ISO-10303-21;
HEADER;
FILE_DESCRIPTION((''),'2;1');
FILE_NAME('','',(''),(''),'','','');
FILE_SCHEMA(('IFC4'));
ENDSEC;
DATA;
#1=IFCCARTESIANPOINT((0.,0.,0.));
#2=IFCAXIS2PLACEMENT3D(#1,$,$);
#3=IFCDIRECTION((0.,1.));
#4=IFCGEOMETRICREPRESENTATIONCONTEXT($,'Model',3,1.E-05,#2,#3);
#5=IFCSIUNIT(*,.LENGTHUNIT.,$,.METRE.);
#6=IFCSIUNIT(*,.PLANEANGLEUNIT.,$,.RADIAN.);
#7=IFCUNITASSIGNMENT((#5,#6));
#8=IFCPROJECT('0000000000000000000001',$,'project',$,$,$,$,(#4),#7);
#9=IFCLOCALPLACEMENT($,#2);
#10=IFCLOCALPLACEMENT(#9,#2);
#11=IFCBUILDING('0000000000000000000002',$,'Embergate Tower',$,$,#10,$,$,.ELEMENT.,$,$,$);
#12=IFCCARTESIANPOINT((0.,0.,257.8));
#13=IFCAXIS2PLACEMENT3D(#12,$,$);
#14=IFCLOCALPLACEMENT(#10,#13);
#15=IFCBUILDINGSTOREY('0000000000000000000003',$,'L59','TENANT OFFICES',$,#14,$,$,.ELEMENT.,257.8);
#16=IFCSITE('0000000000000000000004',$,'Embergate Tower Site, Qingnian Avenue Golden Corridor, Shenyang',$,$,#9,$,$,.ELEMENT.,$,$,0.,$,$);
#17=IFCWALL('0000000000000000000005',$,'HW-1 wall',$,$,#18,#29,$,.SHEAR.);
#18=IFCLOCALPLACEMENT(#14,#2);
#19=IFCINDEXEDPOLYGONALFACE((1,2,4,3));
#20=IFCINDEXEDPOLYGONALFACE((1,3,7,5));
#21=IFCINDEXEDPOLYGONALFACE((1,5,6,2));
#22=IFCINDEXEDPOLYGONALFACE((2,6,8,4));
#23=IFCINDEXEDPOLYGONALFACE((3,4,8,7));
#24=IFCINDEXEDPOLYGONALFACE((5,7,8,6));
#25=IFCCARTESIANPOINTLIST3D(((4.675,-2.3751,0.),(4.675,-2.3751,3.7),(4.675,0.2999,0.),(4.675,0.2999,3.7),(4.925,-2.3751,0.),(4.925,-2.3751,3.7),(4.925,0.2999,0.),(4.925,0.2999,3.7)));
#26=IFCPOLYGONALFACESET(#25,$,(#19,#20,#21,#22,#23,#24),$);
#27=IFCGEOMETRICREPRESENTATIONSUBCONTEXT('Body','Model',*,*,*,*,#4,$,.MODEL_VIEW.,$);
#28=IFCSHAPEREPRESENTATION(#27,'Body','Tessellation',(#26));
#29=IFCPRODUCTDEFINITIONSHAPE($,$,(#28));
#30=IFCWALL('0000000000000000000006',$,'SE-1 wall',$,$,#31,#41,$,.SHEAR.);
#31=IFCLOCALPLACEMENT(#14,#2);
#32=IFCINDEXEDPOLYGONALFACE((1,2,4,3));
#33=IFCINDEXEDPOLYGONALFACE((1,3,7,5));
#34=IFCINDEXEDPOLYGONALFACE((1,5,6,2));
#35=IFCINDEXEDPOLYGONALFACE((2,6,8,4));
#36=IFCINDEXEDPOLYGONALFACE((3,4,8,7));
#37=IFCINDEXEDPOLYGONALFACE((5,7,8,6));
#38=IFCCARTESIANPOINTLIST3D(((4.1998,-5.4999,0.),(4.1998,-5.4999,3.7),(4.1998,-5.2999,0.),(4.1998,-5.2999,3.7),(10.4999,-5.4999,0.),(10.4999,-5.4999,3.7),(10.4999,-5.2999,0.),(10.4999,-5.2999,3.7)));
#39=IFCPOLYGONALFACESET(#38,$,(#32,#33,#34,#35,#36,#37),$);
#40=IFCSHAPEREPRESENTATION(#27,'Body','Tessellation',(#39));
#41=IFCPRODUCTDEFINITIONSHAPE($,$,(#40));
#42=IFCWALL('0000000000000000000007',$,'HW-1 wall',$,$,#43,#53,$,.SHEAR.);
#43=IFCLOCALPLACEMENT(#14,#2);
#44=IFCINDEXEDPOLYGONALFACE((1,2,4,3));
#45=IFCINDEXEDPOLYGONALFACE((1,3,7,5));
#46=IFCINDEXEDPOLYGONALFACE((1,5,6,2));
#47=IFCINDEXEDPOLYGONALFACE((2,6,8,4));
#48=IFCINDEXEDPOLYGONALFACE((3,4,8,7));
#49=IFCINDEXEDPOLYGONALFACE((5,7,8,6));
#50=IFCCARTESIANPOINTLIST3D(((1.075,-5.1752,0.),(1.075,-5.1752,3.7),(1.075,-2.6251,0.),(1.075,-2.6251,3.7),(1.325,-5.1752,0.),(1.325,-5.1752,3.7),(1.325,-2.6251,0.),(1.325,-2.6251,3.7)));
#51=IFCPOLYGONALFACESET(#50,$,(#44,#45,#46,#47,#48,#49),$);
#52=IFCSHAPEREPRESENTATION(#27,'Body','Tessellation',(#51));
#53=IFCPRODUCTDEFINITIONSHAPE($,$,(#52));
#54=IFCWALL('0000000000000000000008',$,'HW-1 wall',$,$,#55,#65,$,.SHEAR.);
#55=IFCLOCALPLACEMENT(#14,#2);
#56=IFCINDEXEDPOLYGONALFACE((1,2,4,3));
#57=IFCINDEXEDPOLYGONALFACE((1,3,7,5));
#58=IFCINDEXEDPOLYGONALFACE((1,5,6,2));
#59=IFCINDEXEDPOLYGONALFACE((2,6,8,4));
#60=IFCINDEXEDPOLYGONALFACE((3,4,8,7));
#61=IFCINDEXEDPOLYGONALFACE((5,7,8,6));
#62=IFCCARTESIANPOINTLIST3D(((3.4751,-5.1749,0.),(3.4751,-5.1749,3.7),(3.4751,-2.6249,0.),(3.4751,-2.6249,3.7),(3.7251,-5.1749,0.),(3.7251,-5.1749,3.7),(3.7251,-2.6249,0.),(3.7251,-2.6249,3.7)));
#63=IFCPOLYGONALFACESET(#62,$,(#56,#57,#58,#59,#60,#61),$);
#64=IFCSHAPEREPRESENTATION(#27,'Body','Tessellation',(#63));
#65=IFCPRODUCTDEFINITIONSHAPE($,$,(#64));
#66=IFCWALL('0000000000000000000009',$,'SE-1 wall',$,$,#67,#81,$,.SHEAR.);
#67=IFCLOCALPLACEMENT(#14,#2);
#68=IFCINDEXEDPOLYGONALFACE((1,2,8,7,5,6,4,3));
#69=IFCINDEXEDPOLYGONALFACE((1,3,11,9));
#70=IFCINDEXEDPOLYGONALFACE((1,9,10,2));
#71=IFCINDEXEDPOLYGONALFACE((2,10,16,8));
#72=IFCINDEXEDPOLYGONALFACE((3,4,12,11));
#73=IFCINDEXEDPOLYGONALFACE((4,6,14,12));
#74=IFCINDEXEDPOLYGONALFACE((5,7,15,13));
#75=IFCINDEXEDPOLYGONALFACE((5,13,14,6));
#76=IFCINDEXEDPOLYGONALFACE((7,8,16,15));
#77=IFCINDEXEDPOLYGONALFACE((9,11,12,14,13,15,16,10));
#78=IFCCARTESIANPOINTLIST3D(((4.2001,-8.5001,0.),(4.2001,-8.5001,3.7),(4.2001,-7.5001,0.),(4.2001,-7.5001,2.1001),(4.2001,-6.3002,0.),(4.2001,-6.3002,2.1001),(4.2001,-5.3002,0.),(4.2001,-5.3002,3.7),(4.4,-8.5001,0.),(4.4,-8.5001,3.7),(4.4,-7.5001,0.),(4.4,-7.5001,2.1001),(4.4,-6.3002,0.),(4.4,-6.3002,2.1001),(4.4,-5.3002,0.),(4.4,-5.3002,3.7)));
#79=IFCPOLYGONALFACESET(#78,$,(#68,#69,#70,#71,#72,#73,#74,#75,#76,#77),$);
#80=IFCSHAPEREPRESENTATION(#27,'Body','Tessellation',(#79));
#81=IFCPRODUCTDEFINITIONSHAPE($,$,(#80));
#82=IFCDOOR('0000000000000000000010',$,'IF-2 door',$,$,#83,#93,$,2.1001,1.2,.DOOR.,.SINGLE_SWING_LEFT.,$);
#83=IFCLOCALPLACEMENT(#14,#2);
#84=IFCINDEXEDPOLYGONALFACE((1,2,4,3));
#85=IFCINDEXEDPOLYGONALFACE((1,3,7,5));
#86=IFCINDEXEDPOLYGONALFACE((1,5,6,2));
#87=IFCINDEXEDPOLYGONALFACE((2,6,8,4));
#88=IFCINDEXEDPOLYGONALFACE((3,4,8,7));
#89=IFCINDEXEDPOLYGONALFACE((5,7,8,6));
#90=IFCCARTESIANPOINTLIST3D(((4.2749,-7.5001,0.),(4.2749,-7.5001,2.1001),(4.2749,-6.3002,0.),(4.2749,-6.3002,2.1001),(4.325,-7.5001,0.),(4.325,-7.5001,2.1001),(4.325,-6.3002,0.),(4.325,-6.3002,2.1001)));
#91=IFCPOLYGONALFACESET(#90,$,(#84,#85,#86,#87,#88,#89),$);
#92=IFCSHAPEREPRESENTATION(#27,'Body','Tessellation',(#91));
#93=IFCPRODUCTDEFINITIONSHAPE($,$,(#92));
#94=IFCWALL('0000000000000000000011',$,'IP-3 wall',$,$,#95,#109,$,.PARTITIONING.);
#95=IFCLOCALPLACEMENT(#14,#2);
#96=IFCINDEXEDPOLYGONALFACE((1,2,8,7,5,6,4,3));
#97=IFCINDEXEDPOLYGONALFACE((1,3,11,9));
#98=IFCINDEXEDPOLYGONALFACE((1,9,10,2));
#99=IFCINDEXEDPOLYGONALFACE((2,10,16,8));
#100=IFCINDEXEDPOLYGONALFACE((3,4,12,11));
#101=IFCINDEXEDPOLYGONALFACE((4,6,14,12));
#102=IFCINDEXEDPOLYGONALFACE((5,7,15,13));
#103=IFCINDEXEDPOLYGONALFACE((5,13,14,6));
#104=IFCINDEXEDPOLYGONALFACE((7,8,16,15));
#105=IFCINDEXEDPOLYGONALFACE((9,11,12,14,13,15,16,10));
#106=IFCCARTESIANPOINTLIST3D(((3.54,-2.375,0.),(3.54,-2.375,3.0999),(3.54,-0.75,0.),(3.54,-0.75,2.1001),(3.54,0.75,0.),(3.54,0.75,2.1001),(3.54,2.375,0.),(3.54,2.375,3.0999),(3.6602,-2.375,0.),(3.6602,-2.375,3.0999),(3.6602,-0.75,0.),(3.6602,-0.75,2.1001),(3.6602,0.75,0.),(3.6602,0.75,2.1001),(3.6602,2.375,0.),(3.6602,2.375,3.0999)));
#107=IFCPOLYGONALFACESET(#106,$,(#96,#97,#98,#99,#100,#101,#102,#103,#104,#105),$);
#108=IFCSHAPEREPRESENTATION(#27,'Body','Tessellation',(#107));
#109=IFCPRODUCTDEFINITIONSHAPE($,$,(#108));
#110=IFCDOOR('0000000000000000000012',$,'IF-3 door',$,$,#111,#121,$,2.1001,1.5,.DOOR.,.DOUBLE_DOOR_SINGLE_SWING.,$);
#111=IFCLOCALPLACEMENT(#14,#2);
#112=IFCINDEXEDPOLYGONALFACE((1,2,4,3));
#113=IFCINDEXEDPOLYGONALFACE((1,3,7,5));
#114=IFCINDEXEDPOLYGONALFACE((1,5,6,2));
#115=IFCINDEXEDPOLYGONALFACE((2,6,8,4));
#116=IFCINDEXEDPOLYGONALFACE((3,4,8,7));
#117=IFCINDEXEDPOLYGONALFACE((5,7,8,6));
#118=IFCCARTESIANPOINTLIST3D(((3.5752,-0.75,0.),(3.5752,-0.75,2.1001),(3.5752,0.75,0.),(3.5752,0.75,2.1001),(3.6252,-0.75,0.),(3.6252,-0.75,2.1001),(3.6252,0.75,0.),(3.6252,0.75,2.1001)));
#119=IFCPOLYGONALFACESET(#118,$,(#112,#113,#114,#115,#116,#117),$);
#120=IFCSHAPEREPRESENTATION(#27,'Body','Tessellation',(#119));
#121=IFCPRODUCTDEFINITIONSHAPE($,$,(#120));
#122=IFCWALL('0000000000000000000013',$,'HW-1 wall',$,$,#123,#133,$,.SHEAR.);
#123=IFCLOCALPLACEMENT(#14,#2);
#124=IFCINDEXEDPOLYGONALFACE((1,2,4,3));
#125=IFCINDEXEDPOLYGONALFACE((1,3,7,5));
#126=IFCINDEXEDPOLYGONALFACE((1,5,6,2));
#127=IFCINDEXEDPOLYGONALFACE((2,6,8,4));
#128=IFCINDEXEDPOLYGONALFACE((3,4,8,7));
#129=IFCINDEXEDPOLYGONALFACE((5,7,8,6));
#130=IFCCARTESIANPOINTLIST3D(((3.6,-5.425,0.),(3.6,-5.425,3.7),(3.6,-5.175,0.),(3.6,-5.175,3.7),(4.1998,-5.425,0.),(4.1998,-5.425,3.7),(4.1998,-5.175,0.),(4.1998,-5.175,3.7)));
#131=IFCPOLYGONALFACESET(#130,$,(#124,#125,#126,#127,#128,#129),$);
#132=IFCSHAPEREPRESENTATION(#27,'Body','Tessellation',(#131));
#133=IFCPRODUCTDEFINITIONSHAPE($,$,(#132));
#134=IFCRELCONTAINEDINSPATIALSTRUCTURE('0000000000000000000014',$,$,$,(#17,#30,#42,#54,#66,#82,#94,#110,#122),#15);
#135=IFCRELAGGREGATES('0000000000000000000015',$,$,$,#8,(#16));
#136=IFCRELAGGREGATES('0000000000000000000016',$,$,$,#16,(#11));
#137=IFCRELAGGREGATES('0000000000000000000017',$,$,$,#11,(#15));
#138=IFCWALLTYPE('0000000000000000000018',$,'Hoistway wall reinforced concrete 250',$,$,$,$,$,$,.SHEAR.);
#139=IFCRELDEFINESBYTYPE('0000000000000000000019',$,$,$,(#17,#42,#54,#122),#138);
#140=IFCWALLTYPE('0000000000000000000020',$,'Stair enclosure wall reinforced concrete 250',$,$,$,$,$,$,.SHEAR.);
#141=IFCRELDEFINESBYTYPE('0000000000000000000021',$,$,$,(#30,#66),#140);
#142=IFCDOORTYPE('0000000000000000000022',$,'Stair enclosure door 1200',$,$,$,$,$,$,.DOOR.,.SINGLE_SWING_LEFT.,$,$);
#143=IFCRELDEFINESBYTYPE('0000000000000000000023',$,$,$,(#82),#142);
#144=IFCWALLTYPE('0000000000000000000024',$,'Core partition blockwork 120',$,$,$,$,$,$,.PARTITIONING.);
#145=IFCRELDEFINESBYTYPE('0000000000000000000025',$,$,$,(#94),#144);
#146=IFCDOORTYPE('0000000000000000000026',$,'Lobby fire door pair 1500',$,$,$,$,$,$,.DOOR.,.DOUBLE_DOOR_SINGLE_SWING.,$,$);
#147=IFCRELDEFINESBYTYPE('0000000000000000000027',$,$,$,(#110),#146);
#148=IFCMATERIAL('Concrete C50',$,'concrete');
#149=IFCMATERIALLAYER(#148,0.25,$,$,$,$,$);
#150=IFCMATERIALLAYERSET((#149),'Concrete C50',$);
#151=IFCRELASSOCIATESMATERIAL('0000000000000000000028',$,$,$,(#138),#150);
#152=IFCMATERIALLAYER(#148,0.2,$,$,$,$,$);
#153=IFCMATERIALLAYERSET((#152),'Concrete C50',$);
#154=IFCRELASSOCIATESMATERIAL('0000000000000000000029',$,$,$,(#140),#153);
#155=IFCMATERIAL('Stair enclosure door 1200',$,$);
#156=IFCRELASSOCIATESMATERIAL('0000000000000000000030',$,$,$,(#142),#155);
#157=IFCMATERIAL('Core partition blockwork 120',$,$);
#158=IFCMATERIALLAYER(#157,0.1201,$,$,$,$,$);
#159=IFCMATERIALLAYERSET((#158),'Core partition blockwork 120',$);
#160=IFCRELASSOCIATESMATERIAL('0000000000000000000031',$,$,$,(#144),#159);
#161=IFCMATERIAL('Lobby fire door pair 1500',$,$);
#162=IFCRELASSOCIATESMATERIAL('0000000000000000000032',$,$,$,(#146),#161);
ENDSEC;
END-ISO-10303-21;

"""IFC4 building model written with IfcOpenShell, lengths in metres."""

from ifc_helpers import new_model, si_unit, direction, frame, frame_2d, origin, place, context, subcontext, project, spatial, rectangle, extrude, source, transform, mapped, material, layer, layer_set, type_object, element, fill, save


model = new_model("IFC4")

# Units and contexts
model_context = context("Model", 3, precision=1e-05, world=origin(), true_north=direction((0.0, 1.0)))
body_context = subcontext(model_context, "Body", "Model", "MODEL_VIEW")
ifc_project = project(units=[si_unit("LENGTHUNIT", "METRE"), si_unit("PLANEANGLEUNIT", "RADIAN")], contexts=[model_context])

# Site, building, storey
site_placement = place(None, origin())
site = spatial("IfcSite", under=ifc_project, at=site_placement, Name="Embergate Tower Site, Qingnian Avenue Golden Corridor, Shenyang", CompositionType="ELEMENT", RefElevation=0.0)
building_placement = place(site_placement, origin())
building = spatial("IfcBuilding", under=site, at=building_placement, Name="Embergate Tower", CompositionType="ELEMENT")
storey_placement = place(building_placement, frame((0.0, 0.0, 257.8)))
storey = spatial("IfcBuildingStorey", under=building, at=storey_placement, Name="L59", Description="TENANT OFFICES", CompositionType="ELEMENT", Elevation=257.8)

# Walls
ifc_material_1 = material(Name="Concrete C50", Category="concrete")
ifc_layer_1 = layer(ifc_material_1, 0.25)
ifc_layer_set_1 = layer_set([ifc_layer_1], Name="Concrete C50")
wall_type_1 = type_object("IfcWallType", Name="Hoistway wall reinforced concrete 250", PredefinedType="SHEAR", material=ifc_layer_set_1)
shared_shape_1 = source(origin(), body_context, "Body", "SweptSolid", [
    extrude(rectangle(XDim=2.675, YDim=0.25, at=frame_2d((1.3374, 0.0))), origin(), (0.0, 0.0, 1.0), 3.7),
])
wall_1_placement = place(storey_placement, frame((4.8, -2.375, 0.0), z_axis=(0.0, 0.0, 1.0), x_axis=(0.0, 1.0, 0.0)))
element("IfcWall", 1, at=wall_1_placement, inside=storey, type_object=wall_type_1, Name="HW-1 wall", PredefinedType="SHEAR", context=body_context, shape_type="MappedRepresentation", body=[
    mapped(shared_shape_1, transform((0.0, 0.0, 0.0))),
])
ifc_layer_2 = layer(ifc_material_1, 0.2)
ifc_layer_set_2 = layer_set([ifc_layer_2], Name="Concrete C50")
wall_type_2 = type_object("IfcWallType", Name="Stair enclosure wall reinforced concrete 250", PredefinedType="SHEAR", material=ifc_layer_set_2)
shared_shape_2 = source(origin(), body_context, "Body", "SweptSolid", [
    extrude(rectangle(XDim=6.3, YDim=0.2, at=frame_2d((3.1499, 0.0))), origin(), (0.0, 0.0, 1.0), 3.7),
])
wall_2_placement = place(storey_placement, frame((4.2, -5.3999, 0.0), z_axis=(0.0, 0.0, 1.0), x_axis=(1.0, 0.0, 0.0)))
element("IfcWall", 2, at=wall_2_placement, inside=storey, type_object=wall_type_2, Name="SE-1 wall", PredefinedType="SHEAR", context=body_context, shape_type="MappedRepresentation", body=[
    mapped(shared_shape_2, transform((0.0, 0.0, 0.0))),
])
shared_shape_3 = source(origin(), body_context, "Body", "SweptSolid", [
    extrude(rectangle(XDim=2.55, YDim=0.25, at=frame_2d((1.2749, 0.0))), origin(), (0.0, 0.0, 1.0), 3.7),
])
for number, where, z_axis, x_axis, name in (
    (3, (1.2, -5.175, 0.0), (0.0, 0.0, 1.0), (0.0, 1.0, 0.0), "HW-1 wall"),
    (4, (3.6001, -2.625, 0.0), (0.0, 0.0, 1.0), (0.0, -1.0, 0.0), "HW-1 wall"),
):
    element("IfcWall", number, at=place(storey_placement, frame(where, z_axis=z_axis, x_axis=x_axis)), inside=storey, type_object=wall_type_1, Name=name, PredefinedType="SHEAR", context=body_context, shape_type="MappedRepresentation", body=[
        mapped(shared_shape_3, transform((0.0, 0.0, 0.0))),
    ])

# Walls, openings, doors
shared_shape_4 = source(origin(), body_context, "Body", "SweptSolid", [
    extrude(rectangle(XDim=3.2, YDim=0.2, at=frame_2d((1.6001, 0.0))), origin(), (0.0, 0.0, 1.0), 3.7),
])
wall_3_placement = place(storey_placement, frame((4.3, -5.3, 0.0), z_axis=(0.0, 0.0, 1.0), x_axis=(0.0, -1.0, 0.0)))
wall_3 = element("IfcWall", 5, at=wall_3_placement, inside=storey, type_object=wall_type_2, Name="SE-1 wall", PredefinedType="SHEAR", context=body_context, shape_type="MappedRepresentation", body=[
    mapped(shared_shape_4, transform((0.0, 0.0, 0.0))),
])
shared_shape_5 = source(origin(), body_context, "Body", "SweptSolid", [
    extrude(rectangle(XDim=1.2, YDim=2.1001, at=frame_2d((0.6001, 1.05))), frame((0.0, 0.1099, 0.0), z_axis=(0.0, -1.0, 0.0), x_axis=(1.0, 0.0, 0.0)), (0.0, 0.0, 1.0), 0.22),
])
opening_1_placement = place(wall_3_placement, frame((1.0, 0.0, 0.0)))
opening_1 = element("IfcOpeningElement", 6, at=opening_1_placement, cuts=wall_3, PredefinedType="OPENING", context=body_context, shape_type="MappedRepresentation", body=[
    mapped(shared_shape_5, transform((0.0, 0.0, 0.0))),
])
ifc_material_2 = material(Name="Stair enclosure door 1200")
door_type_1 = type_object("IfcDoorType", Name="Stair enclosure door 1200", OperationType="SINGLE_SWING_LEFT", PredefinedType="DOOR", material=ifc_material_2)
shared_shape_6 = source(origin(), body_context, "Body", "SweptSolid", [
    extrude(rectangle(XDim=1.2, YDim=2.1001, at=frame_2d((0.6001, 1.05))), frame((0.0, 0.0249, 0.0), z_axis=(0.0, -1.0, 0.0), x_axis=(1.0, 0.0, 0.0)), (0.0, 0.0, 1.0), 0.05),
])
door_1_placement = place(opening_1_placement, origin())
door_1 = element("IfcDoor", 7, at=door_1_placement, inside=storey, type_object=door_type_1, Name="IF-2 door", OperationType="SINGLE_SWING_LEFT", OverallHeight=2.1001, OverallWidth=1.2, PredefinedType="DOOR", context=body_context, shape_type="MappedRepresentation", body=[
    mapped(shared_shape_6, transform((0.0, 0.0, 0.0))),
])
fill(opening_1, door_1)
ifc_material_3 = material(Name="Core partition blockwork 120")
ifc_layer_3 = layer(ifc_material_3, 0.1201)
ifc_layer_set_3 = layer_set([ifc_layer_3], Name="Core partition blockwork 120")
wall_type_3 = type_object("IfcWallType", Name="Core partition blockwork 120", PredefinedType="PARTITIONING", material=ifc_layer_set_3)
shared_shape_7 = source(origin(), body_context, "Body", "SweptSolid", [
    extrude(rectangle(XDim=4.75, YDim=0.1201, at=frame_2d((2.375, 0.0))), origin(), (0.0, 0.0, 1.0), 3.0999),
])
wall_4_placement = place(storey_placement, frame((3.6001, -2.375, 0.0), z_axis=(0.0, 0.0, 1.0), x_axis=(0.0, 1.0, 0.0)))
wall_4 = element("IfcWall", 8, at=wall_4_placement, inside=storey, type_object=wall_type_3, Name="IP-3 wall", PredefinedType="PARTITIONING", context=body_context, shape_type="MappedRepresentation", body=[
    mapped(shared_shape_7, transform((0.0, 0.0, 0.0))),
])
shared_shape_8 = source(origin(), body_context, "Body", "SweptSolid", [
    extrude(rectangle(XDim=1.5, YDim=2.1001, at=frame_2d((0.75, 1.05))), frame((0.0, 0.0701, 0.0), z_axis=(0.0, -1.0, 0.0), x_axis=(1.0, 0.0, 0.0)), (0.0, 0.0, 1.0), 0.1401),
])
opening_2_placement = place(wall_4_placement, frame((1.625, 0.0, 0.0)))
opening_2 = element("IfcOpeningElement", 9, at=opening_2_placement, cuts=wall_4, PredefinedType="OPENING", context=body_context, shape_type="MappedRepresentation", body=[
    mapped(shared_shape_8, transform((0.0, 0.0, 0.0))),
])
ifc_material_4 = material(Name="Lobby fire door pair 1500")
door_type_2 = type_object("IfcDoorType", Name="Lobby fire door pair 1500", OperationType="DOUBLE_DOOR_SINGLE_SWING", PredefinedType="DOOR", material=ifc_material_4)
shared_shape_9 = source(origin(), body_context, "Body", "SweptSolid", [
    extrude(rectangle(XDim=1.5, YDim=2.1001, at=frame_2d((0.75, 1.05))), frame((0.0, 0.0249, 0.0), z_axis=(0.0, -1.0, 0.0), x_axis=(1.0, 0.0, 0.0)), (0.0, 0.0, 1.0), 0.05),
])
door_2_placement = place(opening_2_placement, origin())
door_2 = element("IfcDoor", 10, at=door_2_placement, inside=storey, type_object=door_type_2, Name="IF-3 door", OperationType="DOUBLE_DOOR_SINGLE_SWING", OverallHeight=2.1001, OverallWidth=1.5, PredefinedType="DOOR", context=body_context, shape_type="MappedRepresentation", body=[
    mapped(shared_shape_9, transform((0.0, 0.0, 0.0))),
])
fill(opening_2, door_2)

# Wall
shared_shape_10 = source(origin(), body_context, "Body", "SweptSolid", [
    extrude(rectangle(XDim=0.5999, YDim=0.25, at=frame_2d((0.2998, 0.0))), origin(), (0.0, 0.0, 1.0), 3.7),
])
wall_5_placement = place(storey_placement, frame((3.6001, -5.3, 0.0), z_axis=(0.0, 0.0, 1.0), x_axis=(1.0, 0.0, 0.0)))
element("IfcWall", 11, at=wall_5_placement, inside=storey, type_object=wall_type_1, Name="HW-1 wall", PredefinedType="SHEAR", context=body_context, shape_type="MappedRepresentation", body=[
    mapped(shared_shape_10, transform((0.0, 0.0, 0.0))),
])

save(model, "model.ifc")
